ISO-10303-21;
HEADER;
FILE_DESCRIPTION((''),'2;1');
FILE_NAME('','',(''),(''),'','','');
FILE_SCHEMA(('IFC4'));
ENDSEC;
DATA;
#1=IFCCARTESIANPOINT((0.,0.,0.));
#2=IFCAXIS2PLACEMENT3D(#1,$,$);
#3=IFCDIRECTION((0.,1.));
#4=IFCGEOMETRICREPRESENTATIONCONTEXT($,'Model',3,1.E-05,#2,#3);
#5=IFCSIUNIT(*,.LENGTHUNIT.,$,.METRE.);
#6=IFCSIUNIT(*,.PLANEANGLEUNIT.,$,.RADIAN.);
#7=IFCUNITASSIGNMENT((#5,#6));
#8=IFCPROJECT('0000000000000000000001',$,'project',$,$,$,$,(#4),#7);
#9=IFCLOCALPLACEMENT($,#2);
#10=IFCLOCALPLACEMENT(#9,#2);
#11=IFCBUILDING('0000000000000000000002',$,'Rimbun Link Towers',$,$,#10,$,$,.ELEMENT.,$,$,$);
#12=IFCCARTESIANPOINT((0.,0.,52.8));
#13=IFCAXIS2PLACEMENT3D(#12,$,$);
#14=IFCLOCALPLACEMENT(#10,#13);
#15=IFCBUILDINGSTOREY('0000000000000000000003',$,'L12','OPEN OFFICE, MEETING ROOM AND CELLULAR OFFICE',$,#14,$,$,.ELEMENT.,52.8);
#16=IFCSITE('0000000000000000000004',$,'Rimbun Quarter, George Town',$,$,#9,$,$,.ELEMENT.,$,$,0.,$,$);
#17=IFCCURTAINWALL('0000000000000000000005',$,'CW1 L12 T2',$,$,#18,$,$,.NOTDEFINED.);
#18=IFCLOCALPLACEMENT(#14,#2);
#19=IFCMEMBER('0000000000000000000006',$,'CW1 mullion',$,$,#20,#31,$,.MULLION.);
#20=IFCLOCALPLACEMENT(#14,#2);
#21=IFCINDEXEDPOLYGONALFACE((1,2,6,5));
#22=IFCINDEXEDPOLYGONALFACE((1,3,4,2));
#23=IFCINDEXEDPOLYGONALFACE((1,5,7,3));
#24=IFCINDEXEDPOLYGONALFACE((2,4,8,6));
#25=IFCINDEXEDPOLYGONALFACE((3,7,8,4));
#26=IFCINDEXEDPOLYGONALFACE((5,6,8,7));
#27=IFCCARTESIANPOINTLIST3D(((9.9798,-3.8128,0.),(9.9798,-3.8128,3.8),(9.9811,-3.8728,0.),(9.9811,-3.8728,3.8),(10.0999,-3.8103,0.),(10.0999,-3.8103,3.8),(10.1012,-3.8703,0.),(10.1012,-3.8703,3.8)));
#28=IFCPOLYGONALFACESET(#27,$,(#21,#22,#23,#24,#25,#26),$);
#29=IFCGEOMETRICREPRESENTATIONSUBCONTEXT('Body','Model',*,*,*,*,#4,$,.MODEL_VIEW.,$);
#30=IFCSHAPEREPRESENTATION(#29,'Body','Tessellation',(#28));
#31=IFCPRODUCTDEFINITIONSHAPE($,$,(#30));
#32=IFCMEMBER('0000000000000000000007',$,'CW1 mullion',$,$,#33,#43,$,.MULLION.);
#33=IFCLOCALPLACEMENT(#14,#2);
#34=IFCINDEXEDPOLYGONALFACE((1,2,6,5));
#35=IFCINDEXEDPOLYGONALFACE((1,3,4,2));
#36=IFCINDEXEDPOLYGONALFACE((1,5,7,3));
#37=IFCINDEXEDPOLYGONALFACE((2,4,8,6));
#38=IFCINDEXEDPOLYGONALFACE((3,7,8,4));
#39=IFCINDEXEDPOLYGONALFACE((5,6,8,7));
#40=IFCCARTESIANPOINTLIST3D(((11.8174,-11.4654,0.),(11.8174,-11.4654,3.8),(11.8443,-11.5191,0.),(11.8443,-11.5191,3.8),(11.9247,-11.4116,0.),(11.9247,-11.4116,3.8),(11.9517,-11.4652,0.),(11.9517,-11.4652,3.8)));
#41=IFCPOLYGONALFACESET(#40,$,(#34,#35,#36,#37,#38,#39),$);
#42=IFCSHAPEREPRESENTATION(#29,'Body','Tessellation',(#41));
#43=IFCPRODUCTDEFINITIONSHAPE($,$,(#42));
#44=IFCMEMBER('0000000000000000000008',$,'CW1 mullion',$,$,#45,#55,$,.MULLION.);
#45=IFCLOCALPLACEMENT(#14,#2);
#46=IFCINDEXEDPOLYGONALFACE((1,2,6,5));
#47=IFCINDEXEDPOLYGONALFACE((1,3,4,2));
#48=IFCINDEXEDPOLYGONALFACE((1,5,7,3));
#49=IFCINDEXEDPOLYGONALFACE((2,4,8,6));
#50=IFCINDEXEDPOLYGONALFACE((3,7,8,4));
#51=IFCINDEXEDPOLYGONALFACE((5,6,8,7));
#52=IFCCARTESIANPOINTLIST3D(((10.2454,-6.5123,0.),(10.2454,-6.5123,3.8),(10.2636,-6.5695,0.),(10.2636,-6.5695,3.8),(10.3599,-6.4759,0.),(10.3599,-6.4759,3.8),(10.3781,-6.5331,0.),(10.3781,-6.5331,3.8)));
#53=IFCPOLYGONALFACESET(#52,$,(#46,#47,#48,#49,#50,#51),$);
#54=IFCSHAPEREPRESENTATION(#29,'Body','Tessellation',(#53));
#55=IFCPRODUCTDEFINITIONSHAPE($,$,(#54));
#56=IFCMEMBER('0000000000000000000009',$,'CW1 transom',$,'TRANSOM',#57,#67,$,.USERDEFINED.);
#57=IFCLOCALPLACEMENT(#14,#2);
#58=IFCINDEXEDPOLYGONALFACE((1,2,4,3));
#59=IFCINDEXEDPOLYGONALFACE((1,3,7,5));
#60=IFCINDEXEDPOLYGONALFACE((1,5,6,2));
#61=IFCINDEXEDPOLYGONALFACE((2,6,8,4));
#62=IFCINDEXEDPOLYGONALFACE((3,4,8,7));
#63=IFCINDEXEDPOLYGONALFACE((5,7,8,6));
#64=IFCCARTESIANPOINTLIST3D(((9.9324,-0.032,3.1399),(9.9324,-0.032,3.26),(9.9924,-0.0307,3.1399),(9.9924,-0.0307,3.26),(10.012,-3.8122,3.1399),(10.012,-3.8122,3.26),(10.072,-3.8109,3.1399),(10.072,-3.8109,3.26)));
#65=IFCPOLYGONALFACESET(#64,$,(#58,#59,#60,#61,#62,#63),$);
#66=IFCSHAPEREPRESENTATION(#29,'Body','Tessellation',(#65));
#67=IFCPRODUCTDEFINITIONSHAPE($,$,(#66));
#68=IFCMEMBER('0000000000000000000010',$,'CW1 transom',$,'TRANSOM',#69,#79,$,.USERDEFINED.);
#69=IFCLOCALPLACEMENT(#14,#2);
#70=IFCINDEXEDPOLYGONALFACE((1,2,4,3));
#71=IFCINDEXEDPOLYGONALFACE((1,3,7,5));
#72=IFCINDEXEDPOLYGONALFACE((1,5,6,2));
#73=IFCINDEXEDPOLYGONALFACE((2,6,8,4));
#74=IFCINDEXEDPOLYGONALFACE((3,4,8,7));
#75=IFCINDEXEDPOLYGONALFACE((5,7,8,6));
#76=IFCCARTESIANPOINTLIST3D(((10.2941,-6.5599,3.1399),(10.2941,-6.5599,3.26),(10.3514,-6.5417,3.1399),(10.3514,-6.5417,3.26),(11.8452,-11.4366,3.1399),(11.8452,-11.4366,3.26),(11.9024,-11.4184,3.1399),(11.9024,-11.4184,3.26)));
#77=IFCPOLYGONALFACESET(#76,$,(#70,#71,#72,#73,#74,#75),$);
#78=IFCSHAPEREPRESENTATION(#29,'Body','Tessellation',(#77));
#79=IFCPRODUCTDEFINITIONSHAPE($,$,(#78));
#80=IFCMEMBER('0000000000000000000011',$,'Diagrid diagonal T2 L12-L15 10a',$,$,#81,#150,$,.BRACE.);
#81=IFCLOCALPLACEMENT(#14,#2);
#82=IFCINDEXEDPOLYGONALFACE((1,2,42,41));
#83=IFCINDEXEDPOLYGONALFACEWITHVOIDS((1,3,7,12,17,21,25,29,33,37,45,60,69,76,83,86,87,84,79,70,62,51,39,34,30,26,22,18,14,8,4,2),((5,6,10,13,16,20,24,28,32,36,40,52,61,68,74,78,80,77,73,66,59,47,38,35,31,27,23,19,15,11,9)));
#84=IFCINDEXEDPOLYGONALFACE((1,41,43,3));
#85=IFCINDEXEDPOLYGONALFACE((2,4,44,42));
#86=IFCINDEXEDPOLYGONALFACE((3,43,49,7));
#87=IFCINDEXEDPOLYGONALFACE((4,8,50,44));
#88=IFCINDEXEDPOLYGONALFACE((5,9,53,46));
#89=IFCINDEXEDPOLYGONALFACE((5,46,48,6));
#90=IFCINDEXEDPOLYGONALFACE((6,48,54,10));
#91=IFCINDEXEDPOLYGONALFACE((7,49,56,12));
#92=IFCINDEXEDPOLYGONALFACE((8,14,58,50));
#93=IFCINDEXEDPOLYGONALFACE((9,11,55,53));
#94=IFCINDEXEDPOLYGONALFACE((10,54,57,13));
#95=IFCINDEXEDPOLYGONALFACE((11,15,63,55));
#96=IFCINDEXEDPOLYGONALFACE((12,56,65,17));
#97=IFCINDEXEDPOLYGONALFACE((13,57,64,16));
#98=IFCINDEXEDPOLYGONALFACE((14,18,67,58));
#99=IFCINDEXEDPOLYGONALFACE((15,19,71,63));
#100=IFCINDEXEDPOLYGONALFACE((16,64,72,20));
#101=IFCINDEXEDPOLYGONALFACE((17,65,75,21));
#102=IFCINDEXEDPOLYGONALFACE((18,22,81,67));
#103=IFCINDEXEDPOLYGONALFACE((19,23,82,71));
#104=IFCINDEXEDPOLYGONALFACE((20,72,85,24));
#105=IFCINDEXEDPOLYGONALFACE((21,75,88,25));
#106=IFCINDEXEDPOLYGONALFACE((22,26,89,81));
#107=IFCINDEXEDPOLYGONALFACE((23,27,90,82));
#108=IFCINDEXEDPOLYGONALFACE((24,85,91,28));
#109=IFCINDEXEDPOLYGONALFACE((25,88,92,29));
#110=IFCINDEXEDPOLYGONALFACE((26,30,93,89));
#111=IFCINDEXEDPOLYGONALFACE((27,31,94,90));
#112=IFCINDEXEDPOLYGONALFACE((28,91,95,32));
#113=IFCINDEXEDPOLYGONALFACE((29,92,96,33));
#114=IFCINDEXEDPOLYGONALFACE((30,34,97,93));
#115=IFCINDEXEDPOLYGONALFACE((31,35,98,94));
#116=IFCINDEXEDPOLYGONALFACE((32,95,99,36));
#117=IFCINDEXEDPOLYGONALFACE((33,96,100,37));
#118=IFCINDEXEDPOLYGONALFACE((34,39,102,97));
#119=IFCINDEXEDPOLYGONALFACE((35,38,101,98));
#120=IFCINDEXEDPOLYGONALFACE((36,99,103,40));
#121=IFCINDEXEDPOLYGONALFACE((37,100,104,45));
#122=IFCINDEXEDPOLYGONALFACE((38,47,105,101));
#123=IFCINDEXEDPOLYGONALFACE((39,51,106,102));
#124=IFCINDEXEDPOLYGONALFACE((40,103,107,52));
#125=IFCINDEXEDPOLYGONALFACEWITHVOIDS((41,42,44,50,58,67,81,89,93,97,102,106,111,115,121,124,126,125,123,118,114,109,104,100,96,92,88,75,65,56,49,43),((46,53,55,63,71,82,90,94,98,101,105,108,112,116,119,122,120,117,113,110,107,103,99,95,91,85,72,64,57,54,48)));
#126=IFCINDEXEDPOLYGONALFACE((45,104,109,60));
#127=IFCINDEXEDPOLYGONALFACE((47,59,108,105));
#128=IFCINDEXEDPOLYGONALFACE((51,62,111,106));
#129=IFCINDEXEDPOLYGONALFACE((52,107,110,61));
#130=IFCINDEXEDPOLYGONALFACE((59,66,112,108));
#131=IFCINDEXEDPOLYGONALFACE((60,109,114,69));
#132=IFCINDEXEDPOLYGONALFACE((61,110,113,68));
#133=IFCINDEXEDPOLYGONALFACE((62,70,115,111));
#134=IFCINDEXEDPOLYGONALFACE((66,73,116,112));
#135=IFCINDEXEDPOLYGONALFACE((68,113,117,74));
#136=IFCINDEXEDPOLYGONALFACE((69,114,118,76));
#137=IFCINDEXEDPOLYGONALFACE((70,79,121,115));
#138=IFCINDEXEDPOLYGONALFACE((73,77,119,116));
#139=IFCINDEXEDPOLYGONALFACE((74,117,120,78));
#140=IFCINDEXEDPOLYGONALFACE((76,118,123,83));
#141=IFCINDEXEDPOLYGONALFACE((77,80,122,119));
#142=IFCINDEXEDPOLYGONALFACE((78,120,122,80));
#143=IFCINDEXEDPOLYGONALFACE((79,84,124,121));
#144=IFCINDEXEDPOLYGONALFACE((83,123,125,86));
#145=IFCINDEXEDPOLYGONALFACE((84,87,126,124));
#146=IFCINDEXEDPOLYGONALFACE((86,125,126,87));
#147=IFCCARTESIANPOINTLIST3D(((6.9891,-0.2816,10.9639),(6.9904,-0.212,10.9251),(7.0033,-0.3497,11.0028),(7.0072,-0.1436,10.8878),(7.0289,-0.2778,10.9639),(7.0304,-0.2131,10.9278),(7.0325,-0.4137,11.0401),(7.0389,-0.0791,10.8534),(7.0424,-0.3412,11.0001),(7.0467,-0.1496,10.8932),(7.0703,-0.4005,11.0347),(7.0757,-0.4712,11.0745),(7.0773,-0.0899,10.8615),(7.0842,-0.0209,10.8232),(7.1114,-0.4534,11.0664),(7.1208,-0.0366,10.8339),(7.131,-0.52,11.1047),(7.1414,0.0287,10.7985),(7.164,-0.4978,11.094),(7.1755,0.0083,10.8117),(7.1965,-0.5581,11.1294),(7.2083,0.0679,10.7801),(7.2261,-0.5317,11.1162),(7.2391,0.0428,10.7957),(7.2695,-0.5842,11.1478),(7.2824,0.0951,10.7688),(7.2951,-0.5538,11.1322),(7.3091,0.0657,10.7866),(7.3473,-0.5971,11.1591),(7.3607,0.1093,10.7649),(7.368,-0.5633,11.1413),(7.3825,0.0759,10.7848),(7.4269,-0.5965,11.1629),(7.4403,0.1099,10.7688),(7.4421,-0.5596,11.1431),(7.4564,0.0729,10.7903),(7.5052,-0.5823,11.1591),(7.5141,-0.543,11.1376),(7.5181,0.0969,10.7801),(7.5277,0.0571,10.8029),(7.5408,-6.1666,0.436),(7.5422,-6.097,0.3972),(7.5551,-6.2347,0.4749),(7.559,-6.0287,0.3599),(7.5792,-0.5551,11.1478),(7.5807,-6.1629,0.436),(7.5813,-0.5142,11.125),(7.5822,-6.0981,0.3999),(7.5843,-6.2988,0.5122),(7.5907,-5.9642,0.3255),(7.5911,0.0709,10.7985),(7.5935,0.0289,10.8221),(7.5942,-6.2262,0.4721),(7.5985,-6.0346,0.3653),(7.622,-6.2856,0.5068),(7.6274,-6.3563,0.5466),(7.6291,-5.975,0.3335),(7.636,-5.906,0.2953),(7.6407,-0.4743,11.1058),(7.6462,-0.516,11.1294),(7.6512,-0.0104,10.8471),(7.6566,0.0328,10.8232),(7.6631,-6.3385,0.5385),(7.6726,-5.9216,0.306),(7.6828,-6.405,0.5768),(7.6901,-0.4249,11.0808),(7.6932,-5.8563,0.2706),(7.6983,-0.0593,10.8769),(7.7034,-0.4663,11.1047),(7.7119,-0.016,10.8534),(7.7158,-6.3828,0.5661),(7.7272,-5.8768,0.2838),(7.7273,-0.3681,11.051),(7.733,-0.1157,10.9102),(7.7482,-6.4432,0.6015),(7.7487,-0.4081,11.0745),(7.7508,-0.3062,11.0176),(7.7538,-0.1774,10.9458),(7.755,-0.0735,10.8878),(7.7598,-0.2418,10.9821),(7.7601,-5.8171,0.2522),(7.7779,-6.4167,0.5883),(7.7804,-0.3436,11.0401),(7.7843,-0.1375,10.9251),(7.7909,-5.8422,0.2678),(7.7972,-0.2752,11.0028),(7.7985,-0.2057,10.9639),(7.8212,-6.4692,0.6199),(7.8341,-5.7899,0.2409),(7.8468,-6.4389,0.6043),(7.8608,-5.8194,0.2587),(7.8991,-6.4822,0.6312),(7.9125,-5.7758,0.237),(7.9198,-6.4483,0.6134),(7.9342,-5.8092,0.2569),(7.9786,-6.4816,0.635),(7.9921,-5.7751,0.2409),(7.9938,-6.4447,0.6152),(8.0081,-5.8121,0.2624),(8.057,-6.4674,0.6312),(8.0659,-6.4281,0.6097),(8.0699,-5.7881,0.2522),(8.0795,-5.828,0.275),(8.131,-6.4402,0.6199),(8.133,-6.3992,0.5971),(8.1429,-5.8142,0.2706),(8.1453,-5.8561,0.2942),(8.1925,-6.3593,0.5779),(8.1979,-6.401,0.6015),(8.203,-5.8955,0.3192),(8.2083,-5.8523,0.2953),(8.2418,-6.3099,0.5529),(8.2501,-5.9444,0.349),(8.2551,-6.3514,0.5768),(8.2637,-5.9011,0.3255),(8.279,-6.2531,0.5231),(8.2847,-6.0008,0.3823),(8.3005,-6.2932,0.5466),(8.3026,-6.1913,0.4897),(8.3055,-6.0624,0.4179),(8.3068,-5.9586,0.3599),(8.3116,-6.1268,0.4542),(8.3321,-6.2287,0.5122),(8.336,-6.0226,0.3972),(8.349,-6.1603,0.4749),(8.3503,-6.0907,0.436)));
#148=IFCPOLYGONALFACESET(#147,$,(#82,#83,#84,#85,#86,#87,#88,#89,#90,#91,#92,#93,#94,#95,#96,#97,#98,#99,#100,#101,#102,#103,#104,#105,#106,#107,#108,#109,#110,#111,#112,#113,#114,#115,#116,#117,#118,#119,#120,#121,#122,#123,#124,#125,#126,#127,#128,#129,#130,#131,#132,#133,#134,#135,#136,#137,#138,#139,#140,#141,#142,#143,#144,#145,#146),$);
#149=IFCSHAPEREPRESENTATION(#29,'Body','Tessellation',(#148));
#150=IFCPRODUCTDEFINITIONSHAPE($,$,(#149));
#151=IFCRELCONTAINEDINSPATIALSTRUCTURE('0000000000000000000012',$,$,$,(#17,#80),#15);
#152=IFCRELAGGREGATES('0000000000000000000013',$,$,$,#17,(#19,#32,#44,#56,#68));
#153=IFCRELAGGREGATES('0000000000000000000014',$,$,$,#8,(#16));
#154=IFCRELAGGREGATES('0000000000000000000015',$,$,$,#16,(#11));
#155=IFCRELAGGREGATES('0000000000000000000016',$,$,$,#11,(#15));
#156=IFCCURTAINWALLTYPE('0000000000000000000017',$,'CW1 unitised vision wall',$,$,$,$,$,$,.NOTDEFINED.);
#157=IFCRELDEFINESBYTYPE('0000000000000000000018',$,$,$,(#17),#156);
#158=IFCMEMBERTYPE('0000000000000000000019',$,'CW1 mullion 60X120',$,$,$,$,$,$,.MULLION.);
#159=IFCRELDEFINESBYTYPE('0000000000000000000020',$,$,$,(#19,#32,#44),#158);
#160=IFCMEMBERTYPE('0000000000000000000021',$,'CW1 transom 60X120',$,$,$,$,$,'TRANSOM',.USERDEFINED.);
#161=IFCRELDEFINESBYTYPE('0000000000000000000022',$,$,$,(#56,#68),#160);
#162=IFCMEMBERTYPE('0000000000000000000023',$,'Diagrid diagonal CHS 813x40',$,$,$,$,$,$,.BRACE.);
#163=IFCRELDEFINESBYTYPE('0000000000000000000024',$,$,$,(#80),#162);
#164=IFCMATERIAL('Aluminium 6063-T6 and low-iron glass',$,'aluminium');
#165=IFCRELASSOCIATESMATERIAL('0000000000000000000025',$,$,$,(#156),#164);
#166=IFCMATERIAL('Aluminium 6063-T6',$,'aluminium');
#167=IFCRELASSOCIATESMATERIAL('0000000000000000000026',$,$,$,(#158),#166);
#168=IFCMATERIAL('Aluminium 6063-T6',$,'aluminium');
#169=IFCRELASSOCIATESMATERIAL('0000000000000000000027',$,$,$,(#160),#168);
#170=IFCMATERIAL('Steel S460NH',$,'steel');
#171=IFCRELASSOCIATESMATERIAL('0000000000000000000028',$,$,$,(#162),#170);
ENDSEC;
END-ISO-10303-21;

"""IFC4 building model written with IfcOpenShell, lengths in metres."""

from ifc_helpers import new_model, si_unit, direction, frame, origin, origin_2d, place, context, subcontext, project, spatial, rectangle, hollow_circle, extrude, material, material_profile, profile_set, type_object, element, aggregate, save


model = new_model("IFC4")

# Units and contexts
model_context = context("Model", 3, precision=1e-05, world=origin(), true_north=direction((0.0, 1.0)))
body_context = subcontext(model_context, "Body", "Model", "MODEL_VIEW")
ifc_project = project(units=[si_unit("LENGTHUNIT", "METRE"), si_unit("PLANEANGLEUNIT", "RADIAN")], contexts=[model_context])

# Site, building, storey
site_placement = place(None, origin())
site = spatial("IfcSite", under=ifc_project, at=site_placement, Name="Rimbun Quarter, George Town", CompositionType="ELEMENT", RefElevation=0.0)
building_placement = place(site_placement, origin())
building = spatial("IfcBuilding", under=site, at=building_placement, Name="Rimbun Link Towers", CompositionType="ELEMENT")
storey_placement = place(building_placement, frame((0.0, 0.0, 52.8)))
storey = spatial("IfcBuildingStorey", under=building, at=storey_placement, Name="L12", Description="OPEN OFFICE, MEETING ROOM AND CELLULAR OFFICE", CompositionType="ELEMENT", Elevation=52.8)

# Curtain wall, members
ifc_material_1 = material(Name="Aluminium 6063-T6 and low-iron glass", Category="aluminium")
curtain_wall_type = type_object("IfcCurtainWallType", Name="CW1 unitised vision wall", PredefinedType="NOTDEFINED", material=ifc_material_1)
curtain_wall_placement = place(storey_placement, origin())
curtain_wall = element("IfcCurtainWall", 1, at=curtain_wall_placement, inside=storey, type_object=curtain_wall_type, Name="CW1 L12 T2", PredefinedType="NOTDEFINED")
ifc_material_2 = material(Name="Aluminium 6063-T6", Category="aluminium")
ifc_material_profile_1 = material_profile(ifc_material_2, rectangle(XDim=0.1201, YDim=0.0601, at=origin_2d()), Name="MULLION 60X120")
ifc_profile_set_1 = profile_set([ifc_material_profile_1], Name="Aluminium 6063-T6")
member_type_1 = type_object("IfcMemberType", Name="CW1 mullion 60X120", PredefinedType="MULLION", material=ifc_profile_set_1)
member_1_placement = place(storey_placement, frame((10.0405, -3.8416, 0.0), z_axis=(0.0, 0.0, 1.0), x_axis=(-0.999778, -0.021066, 0.0)))
member_1 = element("IfcMember", 2, at=member_1_placement, type_object=member_type_1, Name="CW1 mullion", PredefinedType="MULLION", context=body_context, shape_type="SweptSolid", body=[
    extrude(rectangle(XDim=0.1201, YDim=0.0601, at=origin_2d()), origin(), (0.0, 0.0, 1.0), 3.8),
])
member_2_placement = place(storey_placement, frame((11.8845, -11.4653, 0.0), z_axis=(0.0, 0.0, 1.0), x_axis=(-0.893746, -0.448574, 0.0)))
member_2 = element("IfcMember", 3, at=member_2_placement, type_object=member_type_1, Name="CW1 mullion", PredefinedType="MULLION", context=body_context, shape_type="SweptSolid", body=[
    extrude(rectangle(XDim=0.1201, YDim=0.0601, at=origin_2d()), origin(), (0.0, 0.0, 1.0), 3.8),
])
member_3_placement = place(storey_placement, frame((10.3118, -6.5227, 0.0), z_axis=(0.0, 0.0, 1.0), x_axis=(-0.952967, -0.303073, 0.0)))
member_3 = element("IfcMember", 4, at=member_3_placement, type_object=member_type_1, Name="CW1 mullion", PredefinedType="MULLION", context=body_context, shape_type="SweptSolid", body=[
    extrude(rectangle(XDim=0.1201, YDim=0.0601, at=origin_2d()), origin(), (0.0, 0.0, 1.0), 3.8),
])
ifc_material_3 = material(Name="Aluminium 6063-T6", Category="aluminium")
ifc_material_profile_2 = material_profile(ifc_material_3, rectangle(XDim=0.0601, YDim=0.1201, at=origin_2d()), Name="TRANSOM 60X120")
ifc_profile_set_2 = profile_set([ifc_material_profile_2], Name="Aluminium 6063-T6")
member_type_2 = type_object("IfcMemberType", Name="CW1 transom 60X120", ElementType="TRANSOM", PredefinedType="USERDEFINED", material=ifc_profile_set_2)
member_4_placement = place(storey_placement, frame((10.042, -3.8115, 3.2), z_axis=(-0.021049, 0.999778, 0.0), x_axis=(-0.999778, -0.021049, 0.0)))
member_4 = element("IfcMember", 5, at=member_4_placement, type_object=member_type_2, Name="CW1 transom", ObjectType="TRANSOM", PredefinedType="USERDEFINED", context=body_context, shape_type="SweptSolid", body=[
    extrude(rectangle(XDim=0.0601, YDim=0.1201, at=origin_2d()), origin(), (0.0, 0.0, 1.0), 3.781),
])
member_5_placement = place(storey_placement, frame((11.8738, -11.4275, 3.2), z_axis=(-0.303087, 0.952963, 0.0), x_axis=(-0.952963, -0.303087, 0.0)))
member_5 = element("IfcMember", 6, at=member_5_placement, type_object=member_type_2, Name="CW1 transom", ObjectType="TRANSOM", PredefinedType="USERDEFINED", context=body_context, shape_type="SweptSolid", body=[
    extrude(rectangle(XDim=0.0601, YDim=0.1201, at=origin_2d()), origin(), (0.0, 0.0, 1.0), 5.1174),
])

# Member
ifc_material_4 = material(Name="Steel S460NH", Category="steel")
ifc_material_profile_3 = material_profile(ifc_material_4, hollow_circle(Radius=0.4065, WallThickness=0.04, at=origin_2d()), Name="Diagrid diagonal CHS 813x40")
ifc_profile_set_3 = profile_set([ifc_material_profile_3], Name="Steel S460NH")
member_type_3 = type_object("IfcMemberType", Name="Diagrid diagonal CHS 813x40", PredefinedType="BRACE", material=ifc_profile_set_3)
member_6_placement = place(storey_placement, frame((7.9456, -6.1287, 0.436), z_axis=(-0.045699, 0.487426, 0.871968), x_axis=(-0.995634, -0.093347, 0.0)))
element("IfcMember", 7, at=member_6_placement, inside=storey, type_object=member_type_3, Name="Diagrid diagonal T2 L12-L15 10a", PredefinedType="BRACE", context=body_context, shape_type="SweptSolid", body=[
    extrude(hollow_circle(Radius=0.4065, WallThickness=0.04, at=origin_2d()), origin(), (0.0, 0.0, 1.0), 12.0737),
])

aggregate(curtain_wall, [member_1, member_2, member_3, member_4, member_5])

save(model, "model.ifc")
